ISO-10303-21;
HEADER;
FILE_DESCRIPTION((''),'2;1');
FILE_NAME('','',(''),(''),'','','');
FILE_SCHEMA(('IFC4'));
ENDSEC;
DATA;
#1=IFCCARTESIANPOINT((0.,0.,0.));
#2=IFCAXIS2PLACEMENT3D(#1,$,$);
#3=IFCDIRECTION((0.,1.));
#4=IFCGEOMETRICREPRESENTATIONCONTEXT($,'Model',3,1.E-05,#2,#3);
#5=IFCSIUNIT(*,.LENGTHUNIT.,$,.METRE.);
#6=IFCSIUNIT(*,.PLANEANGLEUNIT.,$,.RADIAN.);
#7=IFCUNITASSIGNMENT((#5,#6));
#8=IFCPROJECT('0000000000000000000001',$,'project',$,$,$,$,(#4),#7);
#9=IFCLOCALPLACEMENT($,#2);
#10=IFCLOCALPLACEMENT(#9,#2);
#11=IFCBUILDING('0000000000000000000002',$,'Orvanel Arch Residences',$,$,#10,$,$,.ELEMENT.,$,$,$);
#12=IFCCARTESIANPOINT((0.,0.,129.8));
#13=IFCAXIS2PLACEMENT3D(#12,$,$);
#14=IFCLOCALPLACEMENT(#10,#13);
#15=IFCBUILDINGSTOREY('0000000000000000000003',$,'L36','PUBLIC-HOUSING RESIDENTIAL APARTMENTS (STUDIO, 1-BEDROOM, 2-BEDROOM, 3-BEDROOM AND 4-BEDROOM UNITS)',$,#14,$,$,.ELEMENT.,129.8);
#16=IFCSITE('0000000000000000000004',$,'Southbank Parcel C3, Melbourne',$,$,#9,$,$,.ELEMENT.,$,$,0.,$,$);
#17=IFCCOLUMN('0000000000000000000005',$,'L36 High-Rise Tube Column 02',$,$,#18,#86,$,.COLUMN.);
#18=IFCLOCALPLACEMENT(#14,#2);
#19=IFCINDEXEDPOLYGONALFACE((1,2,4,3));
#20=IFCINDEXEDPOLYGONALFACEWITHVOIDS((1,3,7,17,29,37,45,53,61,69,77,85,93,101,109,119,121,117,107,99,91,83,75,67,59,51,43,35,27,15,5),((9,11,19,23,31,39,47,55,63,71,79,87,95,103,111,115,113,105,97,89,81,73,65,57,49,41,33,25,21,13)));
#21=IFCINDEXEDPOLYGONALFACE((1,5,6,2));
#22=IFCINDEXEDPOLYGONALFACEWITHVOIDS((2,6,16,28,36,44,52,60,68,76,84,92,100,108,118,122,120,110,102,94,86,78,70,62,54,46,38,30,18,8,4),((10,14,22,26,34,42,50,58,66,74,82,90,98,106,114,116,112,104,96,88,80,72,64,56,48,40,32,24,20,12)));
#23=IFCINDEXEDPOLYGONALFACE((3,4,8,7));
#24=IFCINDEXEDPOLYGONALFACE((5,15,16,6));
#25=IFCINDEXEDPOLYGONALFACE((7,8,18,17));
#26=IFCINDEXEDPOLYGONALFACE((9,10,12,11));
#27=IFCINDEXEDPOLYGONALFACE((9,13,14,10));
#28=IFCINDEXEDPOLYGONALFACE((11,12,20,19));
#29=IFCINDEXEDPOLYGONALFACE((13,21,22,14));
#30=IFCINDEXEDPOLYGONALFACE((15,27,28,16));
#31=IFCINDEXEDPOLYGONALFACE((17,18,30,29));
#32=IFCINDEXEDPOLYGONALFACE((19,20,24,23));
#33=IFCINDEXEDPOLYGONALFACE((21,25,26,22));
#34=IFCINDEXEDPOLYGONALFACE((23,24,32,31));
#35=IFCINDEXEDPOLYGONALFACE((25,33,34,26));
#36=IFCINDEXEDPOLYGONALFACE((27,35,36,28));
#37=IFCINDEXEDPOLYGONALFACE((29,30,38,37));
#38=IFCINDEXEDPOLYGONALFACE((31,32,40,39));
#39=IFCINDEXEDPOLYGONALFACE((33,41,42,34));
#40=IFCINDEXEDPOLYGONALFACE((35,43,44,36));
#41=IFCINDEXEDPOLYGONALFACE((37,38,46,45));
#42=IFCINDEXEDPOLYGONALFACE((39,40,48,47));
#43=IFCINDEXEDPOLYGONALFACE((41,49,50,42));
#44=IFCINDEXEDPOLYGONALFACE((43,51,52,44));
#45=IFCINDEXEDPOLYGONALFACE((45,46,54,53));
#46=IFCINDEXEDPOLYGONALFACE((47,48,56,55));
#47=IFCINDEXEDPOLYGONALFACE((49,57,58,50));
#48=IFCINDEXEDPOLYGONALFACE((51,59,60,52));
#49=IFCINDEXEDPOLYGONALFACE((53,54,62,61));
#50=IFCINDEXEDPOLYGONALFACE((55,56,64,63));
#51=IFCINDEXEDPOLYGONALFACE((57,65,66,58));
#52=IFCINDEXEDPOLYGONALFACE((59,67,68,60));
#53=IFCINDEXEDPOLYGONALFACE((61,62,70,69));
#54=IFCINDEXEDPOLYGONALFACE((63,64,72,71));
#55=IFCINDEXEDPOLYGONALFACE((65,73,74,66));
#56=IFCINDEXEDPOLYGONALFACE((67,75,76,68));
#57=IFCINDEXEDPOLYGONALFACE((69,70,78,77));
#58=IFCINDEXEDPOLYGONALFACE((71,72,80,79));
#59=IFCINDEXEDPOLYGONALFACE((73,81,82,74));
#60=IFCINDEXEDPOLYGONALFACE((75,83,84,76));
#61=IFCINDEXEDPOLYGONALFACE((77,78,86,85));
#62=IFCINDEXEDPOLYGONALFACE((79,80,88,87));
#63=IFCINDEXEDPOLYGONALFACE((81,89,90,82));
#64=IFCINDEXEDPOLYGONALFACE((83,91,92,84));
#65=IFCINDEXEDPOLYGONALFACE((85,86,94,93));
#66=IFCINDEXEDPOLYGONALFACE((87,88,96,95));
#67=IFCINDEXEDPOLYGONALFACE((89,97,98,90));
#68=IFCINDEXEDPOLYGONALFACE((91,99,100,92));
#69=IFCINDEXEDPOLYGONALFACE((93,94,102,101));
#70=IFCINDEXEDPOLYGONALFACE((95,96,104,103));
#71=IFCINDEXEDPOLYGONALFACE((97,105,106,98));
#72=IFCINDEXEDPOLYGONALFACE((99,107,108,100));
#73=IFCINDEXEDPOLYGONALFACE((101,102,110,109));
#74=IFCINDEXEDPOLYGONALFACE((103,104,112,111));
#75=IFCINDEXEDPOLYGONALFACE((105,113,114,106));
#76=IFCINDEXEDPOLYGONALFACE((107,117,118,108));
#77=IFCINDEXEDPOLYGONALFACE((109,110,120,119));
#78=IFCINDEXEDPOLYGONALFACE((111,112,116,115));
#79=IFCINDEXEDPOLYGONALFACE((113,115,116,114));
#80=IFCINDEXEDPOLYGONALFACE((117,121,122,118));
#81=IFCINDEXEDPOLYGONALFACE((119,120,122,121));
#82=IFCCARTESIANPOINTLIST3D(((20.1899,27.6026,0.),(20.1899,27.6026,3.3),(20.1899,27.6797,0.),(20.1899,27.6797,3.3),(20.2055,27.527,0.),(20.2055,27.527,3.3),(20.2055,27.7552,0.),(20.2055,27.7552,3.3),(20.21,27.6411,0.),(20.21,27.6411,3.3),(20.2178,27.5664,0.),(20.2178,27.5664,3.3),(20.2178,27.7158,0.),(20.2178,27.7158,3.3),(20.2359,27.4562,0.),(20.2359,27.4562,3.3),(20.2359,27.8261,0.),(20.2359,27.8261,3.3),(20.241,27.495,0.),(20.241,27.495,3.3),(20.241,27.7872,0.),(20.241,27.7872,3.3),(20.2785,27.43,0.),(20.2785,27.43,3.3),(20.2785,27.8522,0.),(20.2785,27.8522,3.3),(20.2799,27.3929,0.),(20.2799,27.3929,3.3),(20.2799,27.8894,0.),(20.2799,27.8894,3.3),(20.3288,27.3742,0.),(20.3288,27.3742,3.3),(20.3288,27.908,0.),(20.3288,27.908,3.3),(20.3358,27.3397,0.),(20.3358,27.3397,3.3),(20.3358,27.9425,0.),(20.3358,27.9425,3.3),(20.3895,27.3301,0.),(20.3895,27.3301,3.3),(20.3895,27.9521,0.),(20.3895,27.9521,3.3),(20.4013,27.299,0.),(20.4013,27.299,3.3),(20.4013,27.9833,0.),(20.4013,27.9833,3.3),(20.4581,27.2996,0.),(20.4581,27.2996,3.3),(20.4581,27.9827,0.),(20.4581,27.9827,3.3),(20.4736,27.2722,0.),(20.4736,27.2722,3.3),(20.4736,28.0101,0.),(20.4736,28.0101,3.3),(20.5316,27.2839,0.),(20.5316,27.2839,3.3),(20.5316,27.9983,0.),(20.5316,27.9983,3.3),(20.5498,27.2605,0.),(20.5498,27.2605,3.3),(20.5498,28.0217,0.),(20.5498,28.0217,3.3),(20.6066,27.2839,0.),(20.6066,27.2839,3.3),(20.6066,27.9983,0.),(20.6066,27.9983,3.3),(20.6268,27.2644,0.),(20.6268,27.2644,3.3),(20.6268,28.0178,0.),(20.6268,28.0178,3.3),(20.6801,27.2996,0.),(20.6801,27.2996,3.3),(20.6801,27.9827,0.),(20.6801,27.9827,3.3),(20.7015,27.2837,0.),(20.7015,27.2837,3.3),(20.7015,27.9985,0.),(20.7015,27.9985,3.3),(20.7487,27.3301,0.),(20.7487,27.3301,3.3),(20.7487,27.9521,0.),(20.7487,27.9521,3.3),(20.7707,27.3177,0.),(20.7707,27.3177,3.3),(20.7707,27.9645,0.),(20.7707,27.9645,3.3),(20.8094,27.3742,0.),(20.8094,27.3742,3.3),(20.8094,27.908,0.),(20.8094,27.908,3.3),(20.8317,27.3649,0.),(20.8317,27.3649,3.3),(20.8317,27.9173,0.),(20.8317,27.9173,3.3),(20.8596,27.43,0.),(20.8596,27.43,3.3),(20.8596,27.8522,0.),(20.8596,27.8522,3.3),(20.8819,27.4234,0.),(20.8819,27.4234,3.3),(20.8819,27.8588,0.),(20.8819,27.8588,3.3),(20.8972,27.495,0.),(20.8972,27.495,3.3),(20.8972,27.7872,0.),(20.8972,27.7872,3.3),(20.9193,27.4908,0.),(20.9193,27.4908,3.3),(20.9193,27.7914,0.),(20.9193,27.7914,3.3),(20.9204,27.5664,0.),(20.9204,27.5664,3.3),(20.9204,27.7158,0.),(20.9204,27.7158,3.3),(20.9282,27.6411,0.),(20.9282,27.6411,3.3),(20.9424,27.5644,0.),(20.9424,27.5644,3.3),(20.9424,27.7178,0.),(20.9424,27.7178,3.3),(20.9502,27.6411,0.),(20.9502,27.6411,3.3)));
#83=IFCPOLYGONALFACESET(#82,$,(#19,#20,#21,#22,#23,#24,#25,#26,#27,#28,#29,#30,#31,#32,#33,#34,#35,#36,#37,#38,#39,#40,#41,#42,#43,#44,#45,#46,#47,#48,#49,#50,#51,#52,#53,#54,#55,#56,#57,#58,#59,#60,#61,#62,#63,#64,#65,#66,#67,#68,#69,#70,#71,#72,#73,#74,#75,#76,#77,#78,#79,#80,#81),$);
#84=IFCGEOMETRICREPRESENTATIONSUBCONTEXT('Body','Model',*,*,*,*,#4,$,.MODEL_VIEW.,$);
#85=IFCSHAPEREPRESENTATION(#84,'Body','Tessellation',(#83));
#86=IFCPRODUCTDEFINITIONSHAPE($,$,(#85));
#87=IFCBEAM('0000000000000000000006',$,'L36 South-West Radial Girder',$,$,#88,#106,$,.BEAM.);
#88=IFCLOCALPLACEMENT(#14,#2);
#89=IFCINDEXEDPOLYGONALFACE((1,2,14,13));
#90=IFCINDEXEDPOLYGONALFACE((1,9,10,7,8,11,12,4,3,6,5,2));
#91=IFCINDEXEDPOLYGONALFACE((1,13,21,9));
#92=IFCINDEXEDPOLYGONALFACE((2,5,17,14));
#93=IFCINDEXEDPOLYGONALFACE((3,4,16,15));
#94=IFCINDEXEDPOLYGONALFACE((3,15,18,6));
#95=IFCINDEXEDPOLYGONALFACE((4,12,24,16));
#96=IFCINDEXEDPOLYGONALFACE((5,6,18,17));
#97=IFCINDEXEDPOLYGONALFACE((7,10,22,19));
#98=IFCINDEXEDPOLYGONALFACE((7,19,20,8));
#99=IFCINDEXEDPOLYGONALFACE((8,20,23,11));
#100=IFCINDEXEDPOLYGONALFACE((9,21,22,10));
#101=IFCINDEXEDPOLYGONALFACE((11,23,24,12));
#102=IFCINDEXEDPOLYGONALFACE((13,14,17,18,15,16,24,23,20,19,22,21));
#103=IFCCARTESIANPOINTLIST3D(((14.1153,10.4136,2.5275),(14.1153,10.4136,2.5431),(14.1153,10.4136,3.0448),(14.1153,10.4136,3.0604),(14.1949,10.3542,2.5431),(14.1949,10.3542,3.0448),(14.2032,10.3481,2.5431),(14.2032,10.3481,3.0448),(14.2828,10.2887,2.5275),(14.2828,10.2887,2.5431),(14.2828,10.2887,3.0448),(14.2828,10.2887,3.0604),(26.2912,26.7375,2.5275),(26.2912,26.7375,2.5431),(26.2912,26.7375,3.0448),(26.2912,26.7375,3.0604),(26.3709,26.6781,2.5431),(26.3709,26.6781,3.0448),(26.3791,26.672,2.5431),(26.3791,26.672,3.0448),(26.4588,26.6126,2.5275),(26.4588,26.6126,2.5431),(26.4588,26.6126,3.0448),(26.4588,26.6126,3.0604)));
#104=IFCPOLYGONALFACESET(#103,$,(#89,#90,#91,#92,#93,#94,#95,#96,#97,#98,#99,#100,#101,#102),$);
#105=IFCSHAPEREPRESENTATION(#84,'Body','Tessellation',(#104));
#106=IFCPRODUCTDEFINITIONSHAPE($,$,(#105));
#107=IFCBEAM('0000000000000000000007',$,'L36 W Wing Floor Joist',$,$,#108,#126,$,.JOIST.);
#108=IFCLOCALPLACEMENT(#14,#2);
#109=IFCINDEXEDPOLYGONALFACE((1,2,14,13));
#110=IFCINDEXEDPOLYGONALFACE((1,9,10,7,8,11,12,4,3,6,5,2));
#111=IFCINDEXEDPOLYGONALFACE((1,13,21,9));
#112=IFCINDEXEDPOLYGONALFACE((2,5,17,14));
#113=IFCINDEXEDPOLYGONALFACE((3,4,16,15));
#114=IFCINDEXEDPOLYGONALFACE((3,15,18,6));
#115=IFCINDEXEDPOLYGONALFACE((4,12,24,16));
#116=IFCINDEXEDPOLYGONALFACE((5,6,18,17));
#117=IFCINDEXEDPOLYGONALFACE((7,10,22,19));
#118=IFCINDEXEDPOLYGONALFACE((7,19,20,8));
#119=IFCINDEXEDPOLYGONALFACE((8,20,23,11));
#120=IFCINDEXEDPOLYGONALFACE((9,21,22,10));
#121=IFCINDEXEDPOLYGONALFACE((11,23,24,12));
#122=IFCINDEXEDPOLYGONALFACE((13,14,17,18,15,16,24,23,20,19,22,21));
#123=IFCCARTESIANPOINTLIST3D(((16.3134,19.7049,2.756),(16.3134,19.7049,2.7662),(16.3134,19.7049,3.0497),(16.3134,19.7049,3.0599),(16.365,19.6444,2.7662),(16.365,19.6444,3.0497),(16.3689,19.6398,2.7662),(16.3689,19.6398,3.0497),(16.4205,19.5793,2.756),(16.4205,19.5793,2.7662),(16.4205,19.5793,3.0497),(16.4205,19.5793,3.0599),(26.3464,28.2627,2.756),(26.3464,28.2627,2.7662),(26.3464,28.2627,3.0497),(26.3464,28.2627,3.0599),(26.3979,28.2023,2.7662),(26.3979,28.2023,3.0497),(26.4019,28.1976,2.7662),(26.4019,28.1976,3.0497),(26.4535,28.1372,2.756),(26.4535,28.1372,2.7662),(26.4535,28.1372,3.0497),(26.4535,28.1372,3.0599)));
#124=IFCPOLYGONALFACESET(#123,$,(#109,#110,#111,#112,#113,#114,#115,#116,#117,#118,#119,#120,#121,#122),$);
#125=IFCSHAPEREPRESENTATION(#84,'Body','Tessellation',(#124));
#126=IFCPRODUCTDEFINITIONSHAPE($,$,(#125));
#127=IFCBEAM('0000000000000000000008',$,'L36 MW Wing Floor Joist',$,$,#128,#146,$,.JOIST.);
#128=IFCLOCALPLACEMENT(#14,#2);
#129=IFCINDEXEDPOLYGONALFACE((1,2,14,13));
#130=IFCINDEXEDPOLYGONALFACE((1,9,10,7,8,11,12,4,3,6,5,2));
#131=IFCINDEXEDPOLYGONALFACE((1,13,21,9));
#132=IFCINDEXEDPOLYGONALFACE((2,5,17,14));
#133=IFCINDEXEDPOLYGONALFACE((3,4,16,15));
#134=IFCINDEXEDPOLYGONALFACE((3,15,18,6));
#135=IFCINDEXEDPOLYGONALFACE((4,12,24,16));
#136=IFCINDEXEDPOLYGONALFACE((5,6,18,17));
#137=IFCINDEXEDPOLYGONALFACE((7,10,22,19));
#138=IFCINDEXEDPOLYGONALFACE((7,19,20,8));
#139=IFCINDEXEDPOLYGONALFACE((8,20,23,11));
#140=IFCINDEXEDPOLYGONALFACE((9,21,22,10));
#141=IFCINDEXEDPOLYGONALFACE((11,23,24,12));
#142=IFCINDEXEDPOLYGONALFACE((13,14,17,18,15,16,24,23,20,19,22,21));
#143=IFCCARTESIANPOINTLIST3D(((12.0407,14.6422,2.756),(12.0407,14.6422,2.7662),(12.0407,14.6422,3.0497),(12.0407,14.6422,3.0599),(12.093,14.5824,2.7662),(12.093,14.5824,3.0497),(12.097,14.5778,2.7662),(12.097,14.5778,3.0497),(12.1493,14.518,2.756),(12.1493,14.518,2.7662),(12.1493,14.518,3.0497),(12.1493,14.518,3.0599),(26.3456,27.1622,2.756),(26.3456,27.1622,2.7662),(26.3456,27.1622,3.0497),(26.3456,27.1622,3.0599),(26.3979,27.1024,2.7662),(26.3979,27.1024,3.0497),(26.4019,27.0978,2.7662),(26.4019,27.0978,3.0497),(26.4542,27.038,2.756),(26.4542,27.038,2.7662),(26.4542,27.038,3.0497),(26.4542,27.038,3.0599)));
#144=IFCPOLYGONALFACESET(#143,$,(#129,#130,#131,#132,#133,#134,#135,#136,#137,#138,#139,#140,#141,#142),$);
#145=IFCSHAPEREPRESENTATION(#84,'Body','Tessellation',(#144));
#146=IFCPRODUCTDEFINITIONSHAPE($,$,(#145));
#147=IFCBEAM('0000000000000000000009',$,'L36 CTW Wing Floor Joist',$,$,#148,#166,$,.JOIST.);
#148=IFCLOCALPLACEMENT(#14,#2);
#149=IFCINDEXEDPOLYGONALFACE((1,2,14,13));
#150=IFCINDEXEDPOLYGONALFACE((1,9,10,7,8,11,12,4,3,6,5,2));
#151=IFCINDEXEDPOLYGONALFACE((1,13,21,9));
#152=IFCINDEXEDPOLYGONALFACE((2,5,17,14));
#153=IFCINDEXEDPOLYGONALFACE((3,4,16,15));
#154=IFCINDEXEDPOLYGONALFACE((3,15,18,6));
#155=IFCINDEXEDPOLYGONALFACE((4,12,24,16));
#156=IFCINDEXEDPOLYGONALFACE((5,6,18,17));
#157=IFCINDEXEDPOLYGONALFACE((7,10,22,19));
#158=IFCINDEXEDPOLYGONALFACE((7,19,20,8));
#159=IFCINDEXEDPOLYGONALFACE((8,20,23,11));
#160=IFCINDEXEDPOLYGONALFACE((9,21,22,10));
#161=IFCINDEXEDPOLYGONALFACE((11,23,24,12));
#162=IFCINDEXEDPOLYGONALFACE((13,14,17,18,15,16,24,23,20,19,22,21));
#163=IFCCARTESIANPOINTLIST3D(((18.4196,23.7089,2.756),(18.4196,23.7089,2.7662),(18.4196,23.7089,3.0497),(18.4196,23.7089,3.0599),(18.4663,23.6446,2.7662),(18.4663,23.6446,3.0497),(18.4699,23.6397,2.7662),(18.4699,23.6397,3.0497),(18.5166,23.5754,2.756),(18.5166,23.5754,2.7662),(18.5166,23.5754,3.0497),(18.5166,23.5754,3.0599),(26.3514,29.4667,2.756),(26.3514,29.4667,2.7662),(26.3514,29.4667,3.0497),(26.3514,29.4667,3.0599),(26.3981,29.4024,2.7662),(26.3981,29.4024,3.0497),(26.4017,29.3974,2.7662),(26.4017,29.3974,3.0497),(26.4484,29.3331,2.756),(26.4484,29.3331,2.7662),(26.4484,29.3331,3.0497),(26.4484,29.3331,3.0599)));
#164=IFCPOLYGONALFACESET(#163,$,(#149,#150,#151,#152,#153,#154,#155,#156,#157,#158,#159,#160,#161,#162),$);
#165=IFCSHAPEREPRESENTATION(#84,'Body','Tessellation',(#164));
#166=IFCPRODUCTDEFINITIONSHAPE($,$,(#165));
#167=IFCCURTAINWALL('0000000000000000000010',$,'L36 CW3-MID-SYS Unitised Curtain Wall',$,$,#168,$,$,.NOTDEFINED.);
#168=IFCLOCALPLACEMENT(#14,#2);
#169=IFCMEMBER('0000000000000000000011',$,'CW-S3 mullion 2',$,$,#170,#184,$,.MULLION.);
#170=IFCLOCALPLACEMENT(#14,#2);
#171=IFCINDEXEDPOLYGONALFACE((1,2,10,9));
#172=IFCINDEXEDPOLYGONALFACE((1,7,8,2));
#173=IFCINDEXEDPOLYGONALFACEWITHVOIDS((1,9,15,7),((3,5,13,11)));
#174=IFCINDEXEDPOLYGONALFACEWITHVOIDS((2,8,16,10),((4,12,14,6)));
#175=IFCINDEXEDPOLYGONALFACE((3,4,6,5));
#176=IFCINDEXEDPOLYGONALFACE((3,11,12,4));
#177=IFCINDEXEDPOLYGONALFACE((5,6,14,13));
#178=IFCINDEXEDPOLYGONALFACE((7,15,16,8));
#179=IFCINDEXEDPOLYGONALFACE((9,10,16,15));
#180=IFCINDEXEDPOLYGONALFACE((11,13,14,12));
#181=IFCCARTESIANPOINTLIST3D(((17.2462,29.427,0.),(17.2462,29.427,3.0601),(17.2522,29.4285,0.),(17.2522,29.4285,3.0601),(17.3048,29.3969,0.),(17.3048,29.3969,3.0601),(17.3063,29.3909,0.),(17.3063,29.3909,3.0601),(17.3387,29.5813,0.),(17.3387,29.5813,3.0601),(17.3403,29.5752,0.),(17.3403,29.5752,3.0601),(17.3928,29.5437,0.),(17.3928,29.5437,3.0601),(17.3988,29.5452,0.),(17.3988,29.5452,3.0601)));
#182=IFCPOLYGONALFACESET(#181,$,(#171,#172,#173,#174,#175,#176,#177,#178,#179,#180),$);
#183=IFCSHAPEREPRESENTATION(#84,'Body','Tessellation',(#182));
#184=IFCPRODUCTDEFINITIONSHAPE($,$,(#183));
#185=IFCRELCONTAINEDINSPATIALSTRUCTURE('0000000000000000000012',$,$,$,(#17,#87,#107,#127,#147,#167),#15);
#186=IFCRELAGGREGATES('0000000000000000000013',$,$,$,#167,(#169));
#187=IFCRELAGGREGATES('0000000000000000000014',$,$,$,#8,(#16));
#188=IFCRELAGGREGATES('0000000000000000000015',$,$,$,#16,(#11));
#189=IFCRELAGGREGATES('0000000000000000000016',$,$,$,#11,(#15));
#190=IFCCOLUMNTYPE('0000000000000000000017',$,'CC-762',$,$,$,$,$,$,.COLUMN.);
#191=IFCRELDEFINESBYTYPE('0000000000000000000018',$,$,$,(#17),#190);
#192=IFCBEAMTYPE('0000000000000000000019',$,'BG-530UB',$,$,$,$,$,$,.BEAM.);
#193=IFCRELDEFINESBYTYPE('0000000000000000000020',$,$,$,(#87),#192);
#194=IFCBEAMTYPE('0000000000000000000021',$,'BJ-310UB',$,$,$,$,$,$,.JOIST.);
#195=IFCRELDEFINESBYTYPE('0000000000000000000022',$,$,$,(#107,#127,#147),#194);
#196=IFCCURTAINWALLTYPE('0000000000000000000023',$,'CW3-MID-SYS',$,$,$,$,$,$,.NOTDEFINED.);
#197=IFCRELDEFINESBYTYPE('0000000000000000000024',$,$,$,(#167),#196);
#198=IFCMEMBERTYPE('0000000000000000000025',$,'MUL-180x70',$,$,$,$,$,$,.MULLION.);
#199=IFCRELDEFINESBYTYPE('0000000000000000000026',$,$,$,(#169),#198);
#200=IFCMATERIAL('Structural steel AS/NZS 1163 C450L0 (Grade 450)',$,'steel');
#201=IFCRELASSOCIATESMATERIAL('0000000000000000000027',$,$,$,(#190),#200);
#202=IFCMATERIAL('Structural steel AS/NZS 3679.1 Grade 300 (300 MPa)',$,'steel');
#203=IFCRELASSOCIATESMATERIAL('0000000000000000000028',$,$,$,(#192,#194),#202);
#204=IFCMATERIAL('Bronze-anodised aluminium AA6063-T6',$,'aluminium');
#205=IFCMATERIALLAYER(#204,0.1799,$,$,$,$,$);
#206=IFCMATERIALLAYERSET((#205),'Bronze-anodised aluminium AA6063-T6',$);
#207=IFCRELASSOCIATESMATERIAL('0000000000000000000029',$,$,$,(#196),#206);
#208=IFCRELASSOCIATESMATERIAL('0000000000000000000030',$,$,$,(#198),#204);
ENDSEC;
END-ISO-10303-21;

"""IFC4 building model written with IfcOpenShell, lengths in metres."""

from ifc_helpers import new_model, si_unit, direction, frame, origin, origin_2d, place, context, subcontext, project, spatial, hollow_rectangle, hollow_circle, i_section, extrude, material, layer, layer_set, material_profile, profile_set, type_object, element, aggregate, save


model = new_model("IFC4")

# Units and contexts
model_context = context("Model", 3, precision=1e-05, world=origin(), true_north=direction((0.0, 1.0)))
body_context = subcontext(model_context, "Body", "Model", "MODEL_VIEW")
ifc_project = project(units=[si_unit("LENGTHUNIT", "METRE"), si_unit("PLANEANGLEUNIT", "RADIAN")], contexts=[model_context])

# Site, building, storey
site_placement = place(None, origin())
site = spatial("IfcSite", under=ifc_project, at=site_placement, Name="Southbank Parcel C3, Melbourne", CompositionType="ELEMENT", RefElevation=0.0)
building_placement = place(site_placement, origin())
building = spatial("IfcBuilding", under=site, at=building_placement, Name="Orvanel Arch Residences", CompositionType="ELEMENT")
storey_placement = place(building_placement, frame((0.0, 0.0, 129.8)))
storey = spatial("IfcBuildingStorey", under=building, at=storey_placement, Name="L36", Description="PUBLIC-HOUSING RESIDENTIAL APARTMENTS (STUDIO, 1-BEDROOM, 2-BEDROOM, 3-BEDROOM AND 4-BEDROOM UNITS)", CompositionType="ELEMENT", Elevation=129.8)

# Column
ifc_material_1 = material(Name="Structural steel AS/NZS 1163 C450L0 (Grade 450)", Category="steel")
ifc_material_profile_1 = material_profile(ifc_material_1, hollow_circle(Radius=0.3811, WallThickness=0.022, at=origin_2d()), Name="CHS762x22")
ifc_profile_set_1 = profile_set([ifc_material_profile_1], Name="Structural steel AS/NZS 1163 C450L0 (Grade 450)")
column_type = type_object("IfcColumnType", Name="CC-762", PredefinedType="COLUMN", material=ifc_profile_set_1)
column_placement = place(storey_placement, frame((20.5691, 27.6411, 0.0), z_axis=(0.0, 0.0, 1.0), x_axis=(1.0, 0.0, 0.0)))
element("IfcColumn", 1, at=column_placement, inside=storey, type_object=column_type, Name="L36 High-Rise Tube Column 02", PredefinedType="COLUMN", context=body_context, shape_type="SweptSolid", body=[
    extrude(hollow_circle(Radius=0.3811, WallThickness=0.022, at=origin_2d()), origin(), (0.0, 0.0, 1.0), 3.3),
])

# Beams
ifc_material_2 = material(Name="Structural steel AS/NZS 3679.1 Grade 300 (300 MPa)", Category="steel")
ifc_material_profile_2 = material_profile(ifc_material_2, i_section(OverallWidth=0.209, OverallDepth=0.533, WebThickness=0.0103, FlangeThickness=0.0156, at=origin_2d()), Name="530UB92.4")
ifc_profile_set_2 = profile_set([ifc_material_profile_2], Name="Structural steel AS/NZS 3679.1 Grade 300 (300 MPa)")
beam_type_1 = type_object("IfcBeamType", Name="BG-530UB", PredefinedType="BEAM", material=ifc_profile_set_2)
beam_1_placement = place(storey_placement, frame((26.375, 26.675, 2.7939), z_axis=(-0.597894, -0.801575, 0.0), x_axis=(0.801575, -0.597894, 0.0)))
element("IfcBeam", 2, at=beam_1_placement, inside=storey, type_object=beam_type_1, Name="L36 South-West Radial Girder", PredefinedType="BEAM", context=body_context, shape_type="SweptSolid", body=[
    extrude(i_section(OverallWidth=0.209, OverallDepth=0.533, WebThickness=0.0103, FlangeThickness=0.0156, at=origin_2d()), origin(), (0.0, 0.0, 1.0), 20.3647),
])
ifc_material_profile_3 = material_profile(ifc_material_2, i_section(OverallWidth=0.165, OverallDepth=0.304, WebThickness=0.0061, FlangeThickness=0.0103, at=origin_2d()), Name="310UB40.4")
ifc_profile_set_3 = profile_set([ifc_material_profile_3], Name="Structural steel AS/NZS 3679.1 Grade 300 (300 MPa)")
beam_type_2 = type_object("IfcBeamType", Name="BJ-310UB", PredefinedType="JOIST", material=ifc_profile_set_3)
beam_2_placement = place(storey_placement, frame((26.3999, 28.2, 2.908), z_axis=(-0.760821, -0.648961, 0.0), x_axis=(0.648961, -0.760821, 0.0)))
element("IfcBeam", 3, at=beam_2_placement, inside=storey, type_object=beam_type_2, Name="L36 W Wing Floor Joist", PredefinedType="JOIST", context=body_context, shape_type="SweptSolid", body=[
    extrude(i_section(OverallWidth=0.165, OverallDepth=0.304, WebThickness=0.0061, FlangeThickness=0.0103, at=origin_2d()), origin(), (0.0, 0.0, 1.0), 13.187),
])
beam_3_placement = place(storey_placement, frame((26.3999, 27.1001, 2.908), z_axis=(-0.752493, -0.6586, 0.0), x_axis=(0.6586, -0.752493, 0.0)))
element("IfcBeam", 4, at=beam_3_placement, inside=storey, type_object=beam_type_2, Name="L36 MW Wing Floor Joist", PredefinedType="JOIST", context=body_context, shape_type="SweptSolid", body=[
    extrude(i_section(OverallWidth=0.165, OverallDepth=0.304, WebThickness=0.0061, FlangeThickness=0.0103, at=origin_2d()), origin(), (0.0, 0.0, 1.0), 19.01),
])
beam_4_placement = place(storey_placement, frame((26.3999, 29.3999, 2.908), z_axis=(-0.809261, -0.587449, 0.0), x_axis=(0.587449, -0.809261, 0.0)))
element("IfcBeam", 5, at=beam_4_placement, inside=storey, type_object=beam_type_2, Name="L36 CTW Wing Floor Joist", PredefinedType="JOIST", context=body_context, shape_type="SweptSolid", body=[
    extrude(i_section(OverallWidth=0.165, OverallDepth=0.304, WebThickness=0.0061, FlangeThickness=0.0103, at=origin_2d()), origin(), (0.0, 0.0, 1.0), 9.8013),
])

# Curtain wall, member
ifc_material_3 = material(Name="Bronze-anodised aluminium AA6063-T6", Category="aluminium")
ifc_layer_1 = layer(ifc_material_3, 0.1799)
ifc_layer_set_1 = layer_set([ifc_layer_1], Name="Bronze-anodised aluminium AA6063-T6")
curtain_wall_type = type_object("IfcCurtainWallType", Name="CW3-MID-SYS", PredefinedType="NOTDEFINED", material=ifc_layer_set_1)
curtain_wall_1_placement = place(storey_placement, origin())
curtain_wall_1 = element("IfcCurtainWall", 6, at=curtain_wall_1_placement, inside=storey, type_object=curtain_wall_type, Name="L36 CW3-MID-SYS Unitised Curtain Wall", PredefinedType="NOTDEFINED")
ifc_material_profile_4 = material_profile(ifc_material_3, hollow_rectangle(XDim=0.0701, YDim=0.1799, WallThickness=0.0044, at=origin_2d()), Name="ALU180x70x4.5")
ifc_profile_set_4 = profile_set([ifc_material_profile_4], Name="Bronze-anodised aluminium AA6063-T6")
member_type_1 = type_object("IfcMemberType", Name="MUL-180x70", PredefinedType="MULLION", material=ifc_profile_set_4)
member_1_placement = place(storey_placement, frame((17.3225, 29.4861, 0.0), z_axis=(0.0, 0.0, 1.0), x_axis=(0.857532, -0.514431, 0.0)))
member_1 = element("IfcMember", 7, at=member_1_placement, type_object=member_type_1, Name="CW-S3 mullion 2", PredefinedType="MULLION", context=body_context, shape_type="SweptSolid", body=[
    extrude(hollow_rectangle(XDim=0.0701, YDim=0.1799, WallThickness=0.0044, at=origin_2d()), origin(), (0.0, 0.0, 1.0), 3.0601),
])

aggregate(curtain_wall_1, [member_1])

save(model, "model.ifc")
